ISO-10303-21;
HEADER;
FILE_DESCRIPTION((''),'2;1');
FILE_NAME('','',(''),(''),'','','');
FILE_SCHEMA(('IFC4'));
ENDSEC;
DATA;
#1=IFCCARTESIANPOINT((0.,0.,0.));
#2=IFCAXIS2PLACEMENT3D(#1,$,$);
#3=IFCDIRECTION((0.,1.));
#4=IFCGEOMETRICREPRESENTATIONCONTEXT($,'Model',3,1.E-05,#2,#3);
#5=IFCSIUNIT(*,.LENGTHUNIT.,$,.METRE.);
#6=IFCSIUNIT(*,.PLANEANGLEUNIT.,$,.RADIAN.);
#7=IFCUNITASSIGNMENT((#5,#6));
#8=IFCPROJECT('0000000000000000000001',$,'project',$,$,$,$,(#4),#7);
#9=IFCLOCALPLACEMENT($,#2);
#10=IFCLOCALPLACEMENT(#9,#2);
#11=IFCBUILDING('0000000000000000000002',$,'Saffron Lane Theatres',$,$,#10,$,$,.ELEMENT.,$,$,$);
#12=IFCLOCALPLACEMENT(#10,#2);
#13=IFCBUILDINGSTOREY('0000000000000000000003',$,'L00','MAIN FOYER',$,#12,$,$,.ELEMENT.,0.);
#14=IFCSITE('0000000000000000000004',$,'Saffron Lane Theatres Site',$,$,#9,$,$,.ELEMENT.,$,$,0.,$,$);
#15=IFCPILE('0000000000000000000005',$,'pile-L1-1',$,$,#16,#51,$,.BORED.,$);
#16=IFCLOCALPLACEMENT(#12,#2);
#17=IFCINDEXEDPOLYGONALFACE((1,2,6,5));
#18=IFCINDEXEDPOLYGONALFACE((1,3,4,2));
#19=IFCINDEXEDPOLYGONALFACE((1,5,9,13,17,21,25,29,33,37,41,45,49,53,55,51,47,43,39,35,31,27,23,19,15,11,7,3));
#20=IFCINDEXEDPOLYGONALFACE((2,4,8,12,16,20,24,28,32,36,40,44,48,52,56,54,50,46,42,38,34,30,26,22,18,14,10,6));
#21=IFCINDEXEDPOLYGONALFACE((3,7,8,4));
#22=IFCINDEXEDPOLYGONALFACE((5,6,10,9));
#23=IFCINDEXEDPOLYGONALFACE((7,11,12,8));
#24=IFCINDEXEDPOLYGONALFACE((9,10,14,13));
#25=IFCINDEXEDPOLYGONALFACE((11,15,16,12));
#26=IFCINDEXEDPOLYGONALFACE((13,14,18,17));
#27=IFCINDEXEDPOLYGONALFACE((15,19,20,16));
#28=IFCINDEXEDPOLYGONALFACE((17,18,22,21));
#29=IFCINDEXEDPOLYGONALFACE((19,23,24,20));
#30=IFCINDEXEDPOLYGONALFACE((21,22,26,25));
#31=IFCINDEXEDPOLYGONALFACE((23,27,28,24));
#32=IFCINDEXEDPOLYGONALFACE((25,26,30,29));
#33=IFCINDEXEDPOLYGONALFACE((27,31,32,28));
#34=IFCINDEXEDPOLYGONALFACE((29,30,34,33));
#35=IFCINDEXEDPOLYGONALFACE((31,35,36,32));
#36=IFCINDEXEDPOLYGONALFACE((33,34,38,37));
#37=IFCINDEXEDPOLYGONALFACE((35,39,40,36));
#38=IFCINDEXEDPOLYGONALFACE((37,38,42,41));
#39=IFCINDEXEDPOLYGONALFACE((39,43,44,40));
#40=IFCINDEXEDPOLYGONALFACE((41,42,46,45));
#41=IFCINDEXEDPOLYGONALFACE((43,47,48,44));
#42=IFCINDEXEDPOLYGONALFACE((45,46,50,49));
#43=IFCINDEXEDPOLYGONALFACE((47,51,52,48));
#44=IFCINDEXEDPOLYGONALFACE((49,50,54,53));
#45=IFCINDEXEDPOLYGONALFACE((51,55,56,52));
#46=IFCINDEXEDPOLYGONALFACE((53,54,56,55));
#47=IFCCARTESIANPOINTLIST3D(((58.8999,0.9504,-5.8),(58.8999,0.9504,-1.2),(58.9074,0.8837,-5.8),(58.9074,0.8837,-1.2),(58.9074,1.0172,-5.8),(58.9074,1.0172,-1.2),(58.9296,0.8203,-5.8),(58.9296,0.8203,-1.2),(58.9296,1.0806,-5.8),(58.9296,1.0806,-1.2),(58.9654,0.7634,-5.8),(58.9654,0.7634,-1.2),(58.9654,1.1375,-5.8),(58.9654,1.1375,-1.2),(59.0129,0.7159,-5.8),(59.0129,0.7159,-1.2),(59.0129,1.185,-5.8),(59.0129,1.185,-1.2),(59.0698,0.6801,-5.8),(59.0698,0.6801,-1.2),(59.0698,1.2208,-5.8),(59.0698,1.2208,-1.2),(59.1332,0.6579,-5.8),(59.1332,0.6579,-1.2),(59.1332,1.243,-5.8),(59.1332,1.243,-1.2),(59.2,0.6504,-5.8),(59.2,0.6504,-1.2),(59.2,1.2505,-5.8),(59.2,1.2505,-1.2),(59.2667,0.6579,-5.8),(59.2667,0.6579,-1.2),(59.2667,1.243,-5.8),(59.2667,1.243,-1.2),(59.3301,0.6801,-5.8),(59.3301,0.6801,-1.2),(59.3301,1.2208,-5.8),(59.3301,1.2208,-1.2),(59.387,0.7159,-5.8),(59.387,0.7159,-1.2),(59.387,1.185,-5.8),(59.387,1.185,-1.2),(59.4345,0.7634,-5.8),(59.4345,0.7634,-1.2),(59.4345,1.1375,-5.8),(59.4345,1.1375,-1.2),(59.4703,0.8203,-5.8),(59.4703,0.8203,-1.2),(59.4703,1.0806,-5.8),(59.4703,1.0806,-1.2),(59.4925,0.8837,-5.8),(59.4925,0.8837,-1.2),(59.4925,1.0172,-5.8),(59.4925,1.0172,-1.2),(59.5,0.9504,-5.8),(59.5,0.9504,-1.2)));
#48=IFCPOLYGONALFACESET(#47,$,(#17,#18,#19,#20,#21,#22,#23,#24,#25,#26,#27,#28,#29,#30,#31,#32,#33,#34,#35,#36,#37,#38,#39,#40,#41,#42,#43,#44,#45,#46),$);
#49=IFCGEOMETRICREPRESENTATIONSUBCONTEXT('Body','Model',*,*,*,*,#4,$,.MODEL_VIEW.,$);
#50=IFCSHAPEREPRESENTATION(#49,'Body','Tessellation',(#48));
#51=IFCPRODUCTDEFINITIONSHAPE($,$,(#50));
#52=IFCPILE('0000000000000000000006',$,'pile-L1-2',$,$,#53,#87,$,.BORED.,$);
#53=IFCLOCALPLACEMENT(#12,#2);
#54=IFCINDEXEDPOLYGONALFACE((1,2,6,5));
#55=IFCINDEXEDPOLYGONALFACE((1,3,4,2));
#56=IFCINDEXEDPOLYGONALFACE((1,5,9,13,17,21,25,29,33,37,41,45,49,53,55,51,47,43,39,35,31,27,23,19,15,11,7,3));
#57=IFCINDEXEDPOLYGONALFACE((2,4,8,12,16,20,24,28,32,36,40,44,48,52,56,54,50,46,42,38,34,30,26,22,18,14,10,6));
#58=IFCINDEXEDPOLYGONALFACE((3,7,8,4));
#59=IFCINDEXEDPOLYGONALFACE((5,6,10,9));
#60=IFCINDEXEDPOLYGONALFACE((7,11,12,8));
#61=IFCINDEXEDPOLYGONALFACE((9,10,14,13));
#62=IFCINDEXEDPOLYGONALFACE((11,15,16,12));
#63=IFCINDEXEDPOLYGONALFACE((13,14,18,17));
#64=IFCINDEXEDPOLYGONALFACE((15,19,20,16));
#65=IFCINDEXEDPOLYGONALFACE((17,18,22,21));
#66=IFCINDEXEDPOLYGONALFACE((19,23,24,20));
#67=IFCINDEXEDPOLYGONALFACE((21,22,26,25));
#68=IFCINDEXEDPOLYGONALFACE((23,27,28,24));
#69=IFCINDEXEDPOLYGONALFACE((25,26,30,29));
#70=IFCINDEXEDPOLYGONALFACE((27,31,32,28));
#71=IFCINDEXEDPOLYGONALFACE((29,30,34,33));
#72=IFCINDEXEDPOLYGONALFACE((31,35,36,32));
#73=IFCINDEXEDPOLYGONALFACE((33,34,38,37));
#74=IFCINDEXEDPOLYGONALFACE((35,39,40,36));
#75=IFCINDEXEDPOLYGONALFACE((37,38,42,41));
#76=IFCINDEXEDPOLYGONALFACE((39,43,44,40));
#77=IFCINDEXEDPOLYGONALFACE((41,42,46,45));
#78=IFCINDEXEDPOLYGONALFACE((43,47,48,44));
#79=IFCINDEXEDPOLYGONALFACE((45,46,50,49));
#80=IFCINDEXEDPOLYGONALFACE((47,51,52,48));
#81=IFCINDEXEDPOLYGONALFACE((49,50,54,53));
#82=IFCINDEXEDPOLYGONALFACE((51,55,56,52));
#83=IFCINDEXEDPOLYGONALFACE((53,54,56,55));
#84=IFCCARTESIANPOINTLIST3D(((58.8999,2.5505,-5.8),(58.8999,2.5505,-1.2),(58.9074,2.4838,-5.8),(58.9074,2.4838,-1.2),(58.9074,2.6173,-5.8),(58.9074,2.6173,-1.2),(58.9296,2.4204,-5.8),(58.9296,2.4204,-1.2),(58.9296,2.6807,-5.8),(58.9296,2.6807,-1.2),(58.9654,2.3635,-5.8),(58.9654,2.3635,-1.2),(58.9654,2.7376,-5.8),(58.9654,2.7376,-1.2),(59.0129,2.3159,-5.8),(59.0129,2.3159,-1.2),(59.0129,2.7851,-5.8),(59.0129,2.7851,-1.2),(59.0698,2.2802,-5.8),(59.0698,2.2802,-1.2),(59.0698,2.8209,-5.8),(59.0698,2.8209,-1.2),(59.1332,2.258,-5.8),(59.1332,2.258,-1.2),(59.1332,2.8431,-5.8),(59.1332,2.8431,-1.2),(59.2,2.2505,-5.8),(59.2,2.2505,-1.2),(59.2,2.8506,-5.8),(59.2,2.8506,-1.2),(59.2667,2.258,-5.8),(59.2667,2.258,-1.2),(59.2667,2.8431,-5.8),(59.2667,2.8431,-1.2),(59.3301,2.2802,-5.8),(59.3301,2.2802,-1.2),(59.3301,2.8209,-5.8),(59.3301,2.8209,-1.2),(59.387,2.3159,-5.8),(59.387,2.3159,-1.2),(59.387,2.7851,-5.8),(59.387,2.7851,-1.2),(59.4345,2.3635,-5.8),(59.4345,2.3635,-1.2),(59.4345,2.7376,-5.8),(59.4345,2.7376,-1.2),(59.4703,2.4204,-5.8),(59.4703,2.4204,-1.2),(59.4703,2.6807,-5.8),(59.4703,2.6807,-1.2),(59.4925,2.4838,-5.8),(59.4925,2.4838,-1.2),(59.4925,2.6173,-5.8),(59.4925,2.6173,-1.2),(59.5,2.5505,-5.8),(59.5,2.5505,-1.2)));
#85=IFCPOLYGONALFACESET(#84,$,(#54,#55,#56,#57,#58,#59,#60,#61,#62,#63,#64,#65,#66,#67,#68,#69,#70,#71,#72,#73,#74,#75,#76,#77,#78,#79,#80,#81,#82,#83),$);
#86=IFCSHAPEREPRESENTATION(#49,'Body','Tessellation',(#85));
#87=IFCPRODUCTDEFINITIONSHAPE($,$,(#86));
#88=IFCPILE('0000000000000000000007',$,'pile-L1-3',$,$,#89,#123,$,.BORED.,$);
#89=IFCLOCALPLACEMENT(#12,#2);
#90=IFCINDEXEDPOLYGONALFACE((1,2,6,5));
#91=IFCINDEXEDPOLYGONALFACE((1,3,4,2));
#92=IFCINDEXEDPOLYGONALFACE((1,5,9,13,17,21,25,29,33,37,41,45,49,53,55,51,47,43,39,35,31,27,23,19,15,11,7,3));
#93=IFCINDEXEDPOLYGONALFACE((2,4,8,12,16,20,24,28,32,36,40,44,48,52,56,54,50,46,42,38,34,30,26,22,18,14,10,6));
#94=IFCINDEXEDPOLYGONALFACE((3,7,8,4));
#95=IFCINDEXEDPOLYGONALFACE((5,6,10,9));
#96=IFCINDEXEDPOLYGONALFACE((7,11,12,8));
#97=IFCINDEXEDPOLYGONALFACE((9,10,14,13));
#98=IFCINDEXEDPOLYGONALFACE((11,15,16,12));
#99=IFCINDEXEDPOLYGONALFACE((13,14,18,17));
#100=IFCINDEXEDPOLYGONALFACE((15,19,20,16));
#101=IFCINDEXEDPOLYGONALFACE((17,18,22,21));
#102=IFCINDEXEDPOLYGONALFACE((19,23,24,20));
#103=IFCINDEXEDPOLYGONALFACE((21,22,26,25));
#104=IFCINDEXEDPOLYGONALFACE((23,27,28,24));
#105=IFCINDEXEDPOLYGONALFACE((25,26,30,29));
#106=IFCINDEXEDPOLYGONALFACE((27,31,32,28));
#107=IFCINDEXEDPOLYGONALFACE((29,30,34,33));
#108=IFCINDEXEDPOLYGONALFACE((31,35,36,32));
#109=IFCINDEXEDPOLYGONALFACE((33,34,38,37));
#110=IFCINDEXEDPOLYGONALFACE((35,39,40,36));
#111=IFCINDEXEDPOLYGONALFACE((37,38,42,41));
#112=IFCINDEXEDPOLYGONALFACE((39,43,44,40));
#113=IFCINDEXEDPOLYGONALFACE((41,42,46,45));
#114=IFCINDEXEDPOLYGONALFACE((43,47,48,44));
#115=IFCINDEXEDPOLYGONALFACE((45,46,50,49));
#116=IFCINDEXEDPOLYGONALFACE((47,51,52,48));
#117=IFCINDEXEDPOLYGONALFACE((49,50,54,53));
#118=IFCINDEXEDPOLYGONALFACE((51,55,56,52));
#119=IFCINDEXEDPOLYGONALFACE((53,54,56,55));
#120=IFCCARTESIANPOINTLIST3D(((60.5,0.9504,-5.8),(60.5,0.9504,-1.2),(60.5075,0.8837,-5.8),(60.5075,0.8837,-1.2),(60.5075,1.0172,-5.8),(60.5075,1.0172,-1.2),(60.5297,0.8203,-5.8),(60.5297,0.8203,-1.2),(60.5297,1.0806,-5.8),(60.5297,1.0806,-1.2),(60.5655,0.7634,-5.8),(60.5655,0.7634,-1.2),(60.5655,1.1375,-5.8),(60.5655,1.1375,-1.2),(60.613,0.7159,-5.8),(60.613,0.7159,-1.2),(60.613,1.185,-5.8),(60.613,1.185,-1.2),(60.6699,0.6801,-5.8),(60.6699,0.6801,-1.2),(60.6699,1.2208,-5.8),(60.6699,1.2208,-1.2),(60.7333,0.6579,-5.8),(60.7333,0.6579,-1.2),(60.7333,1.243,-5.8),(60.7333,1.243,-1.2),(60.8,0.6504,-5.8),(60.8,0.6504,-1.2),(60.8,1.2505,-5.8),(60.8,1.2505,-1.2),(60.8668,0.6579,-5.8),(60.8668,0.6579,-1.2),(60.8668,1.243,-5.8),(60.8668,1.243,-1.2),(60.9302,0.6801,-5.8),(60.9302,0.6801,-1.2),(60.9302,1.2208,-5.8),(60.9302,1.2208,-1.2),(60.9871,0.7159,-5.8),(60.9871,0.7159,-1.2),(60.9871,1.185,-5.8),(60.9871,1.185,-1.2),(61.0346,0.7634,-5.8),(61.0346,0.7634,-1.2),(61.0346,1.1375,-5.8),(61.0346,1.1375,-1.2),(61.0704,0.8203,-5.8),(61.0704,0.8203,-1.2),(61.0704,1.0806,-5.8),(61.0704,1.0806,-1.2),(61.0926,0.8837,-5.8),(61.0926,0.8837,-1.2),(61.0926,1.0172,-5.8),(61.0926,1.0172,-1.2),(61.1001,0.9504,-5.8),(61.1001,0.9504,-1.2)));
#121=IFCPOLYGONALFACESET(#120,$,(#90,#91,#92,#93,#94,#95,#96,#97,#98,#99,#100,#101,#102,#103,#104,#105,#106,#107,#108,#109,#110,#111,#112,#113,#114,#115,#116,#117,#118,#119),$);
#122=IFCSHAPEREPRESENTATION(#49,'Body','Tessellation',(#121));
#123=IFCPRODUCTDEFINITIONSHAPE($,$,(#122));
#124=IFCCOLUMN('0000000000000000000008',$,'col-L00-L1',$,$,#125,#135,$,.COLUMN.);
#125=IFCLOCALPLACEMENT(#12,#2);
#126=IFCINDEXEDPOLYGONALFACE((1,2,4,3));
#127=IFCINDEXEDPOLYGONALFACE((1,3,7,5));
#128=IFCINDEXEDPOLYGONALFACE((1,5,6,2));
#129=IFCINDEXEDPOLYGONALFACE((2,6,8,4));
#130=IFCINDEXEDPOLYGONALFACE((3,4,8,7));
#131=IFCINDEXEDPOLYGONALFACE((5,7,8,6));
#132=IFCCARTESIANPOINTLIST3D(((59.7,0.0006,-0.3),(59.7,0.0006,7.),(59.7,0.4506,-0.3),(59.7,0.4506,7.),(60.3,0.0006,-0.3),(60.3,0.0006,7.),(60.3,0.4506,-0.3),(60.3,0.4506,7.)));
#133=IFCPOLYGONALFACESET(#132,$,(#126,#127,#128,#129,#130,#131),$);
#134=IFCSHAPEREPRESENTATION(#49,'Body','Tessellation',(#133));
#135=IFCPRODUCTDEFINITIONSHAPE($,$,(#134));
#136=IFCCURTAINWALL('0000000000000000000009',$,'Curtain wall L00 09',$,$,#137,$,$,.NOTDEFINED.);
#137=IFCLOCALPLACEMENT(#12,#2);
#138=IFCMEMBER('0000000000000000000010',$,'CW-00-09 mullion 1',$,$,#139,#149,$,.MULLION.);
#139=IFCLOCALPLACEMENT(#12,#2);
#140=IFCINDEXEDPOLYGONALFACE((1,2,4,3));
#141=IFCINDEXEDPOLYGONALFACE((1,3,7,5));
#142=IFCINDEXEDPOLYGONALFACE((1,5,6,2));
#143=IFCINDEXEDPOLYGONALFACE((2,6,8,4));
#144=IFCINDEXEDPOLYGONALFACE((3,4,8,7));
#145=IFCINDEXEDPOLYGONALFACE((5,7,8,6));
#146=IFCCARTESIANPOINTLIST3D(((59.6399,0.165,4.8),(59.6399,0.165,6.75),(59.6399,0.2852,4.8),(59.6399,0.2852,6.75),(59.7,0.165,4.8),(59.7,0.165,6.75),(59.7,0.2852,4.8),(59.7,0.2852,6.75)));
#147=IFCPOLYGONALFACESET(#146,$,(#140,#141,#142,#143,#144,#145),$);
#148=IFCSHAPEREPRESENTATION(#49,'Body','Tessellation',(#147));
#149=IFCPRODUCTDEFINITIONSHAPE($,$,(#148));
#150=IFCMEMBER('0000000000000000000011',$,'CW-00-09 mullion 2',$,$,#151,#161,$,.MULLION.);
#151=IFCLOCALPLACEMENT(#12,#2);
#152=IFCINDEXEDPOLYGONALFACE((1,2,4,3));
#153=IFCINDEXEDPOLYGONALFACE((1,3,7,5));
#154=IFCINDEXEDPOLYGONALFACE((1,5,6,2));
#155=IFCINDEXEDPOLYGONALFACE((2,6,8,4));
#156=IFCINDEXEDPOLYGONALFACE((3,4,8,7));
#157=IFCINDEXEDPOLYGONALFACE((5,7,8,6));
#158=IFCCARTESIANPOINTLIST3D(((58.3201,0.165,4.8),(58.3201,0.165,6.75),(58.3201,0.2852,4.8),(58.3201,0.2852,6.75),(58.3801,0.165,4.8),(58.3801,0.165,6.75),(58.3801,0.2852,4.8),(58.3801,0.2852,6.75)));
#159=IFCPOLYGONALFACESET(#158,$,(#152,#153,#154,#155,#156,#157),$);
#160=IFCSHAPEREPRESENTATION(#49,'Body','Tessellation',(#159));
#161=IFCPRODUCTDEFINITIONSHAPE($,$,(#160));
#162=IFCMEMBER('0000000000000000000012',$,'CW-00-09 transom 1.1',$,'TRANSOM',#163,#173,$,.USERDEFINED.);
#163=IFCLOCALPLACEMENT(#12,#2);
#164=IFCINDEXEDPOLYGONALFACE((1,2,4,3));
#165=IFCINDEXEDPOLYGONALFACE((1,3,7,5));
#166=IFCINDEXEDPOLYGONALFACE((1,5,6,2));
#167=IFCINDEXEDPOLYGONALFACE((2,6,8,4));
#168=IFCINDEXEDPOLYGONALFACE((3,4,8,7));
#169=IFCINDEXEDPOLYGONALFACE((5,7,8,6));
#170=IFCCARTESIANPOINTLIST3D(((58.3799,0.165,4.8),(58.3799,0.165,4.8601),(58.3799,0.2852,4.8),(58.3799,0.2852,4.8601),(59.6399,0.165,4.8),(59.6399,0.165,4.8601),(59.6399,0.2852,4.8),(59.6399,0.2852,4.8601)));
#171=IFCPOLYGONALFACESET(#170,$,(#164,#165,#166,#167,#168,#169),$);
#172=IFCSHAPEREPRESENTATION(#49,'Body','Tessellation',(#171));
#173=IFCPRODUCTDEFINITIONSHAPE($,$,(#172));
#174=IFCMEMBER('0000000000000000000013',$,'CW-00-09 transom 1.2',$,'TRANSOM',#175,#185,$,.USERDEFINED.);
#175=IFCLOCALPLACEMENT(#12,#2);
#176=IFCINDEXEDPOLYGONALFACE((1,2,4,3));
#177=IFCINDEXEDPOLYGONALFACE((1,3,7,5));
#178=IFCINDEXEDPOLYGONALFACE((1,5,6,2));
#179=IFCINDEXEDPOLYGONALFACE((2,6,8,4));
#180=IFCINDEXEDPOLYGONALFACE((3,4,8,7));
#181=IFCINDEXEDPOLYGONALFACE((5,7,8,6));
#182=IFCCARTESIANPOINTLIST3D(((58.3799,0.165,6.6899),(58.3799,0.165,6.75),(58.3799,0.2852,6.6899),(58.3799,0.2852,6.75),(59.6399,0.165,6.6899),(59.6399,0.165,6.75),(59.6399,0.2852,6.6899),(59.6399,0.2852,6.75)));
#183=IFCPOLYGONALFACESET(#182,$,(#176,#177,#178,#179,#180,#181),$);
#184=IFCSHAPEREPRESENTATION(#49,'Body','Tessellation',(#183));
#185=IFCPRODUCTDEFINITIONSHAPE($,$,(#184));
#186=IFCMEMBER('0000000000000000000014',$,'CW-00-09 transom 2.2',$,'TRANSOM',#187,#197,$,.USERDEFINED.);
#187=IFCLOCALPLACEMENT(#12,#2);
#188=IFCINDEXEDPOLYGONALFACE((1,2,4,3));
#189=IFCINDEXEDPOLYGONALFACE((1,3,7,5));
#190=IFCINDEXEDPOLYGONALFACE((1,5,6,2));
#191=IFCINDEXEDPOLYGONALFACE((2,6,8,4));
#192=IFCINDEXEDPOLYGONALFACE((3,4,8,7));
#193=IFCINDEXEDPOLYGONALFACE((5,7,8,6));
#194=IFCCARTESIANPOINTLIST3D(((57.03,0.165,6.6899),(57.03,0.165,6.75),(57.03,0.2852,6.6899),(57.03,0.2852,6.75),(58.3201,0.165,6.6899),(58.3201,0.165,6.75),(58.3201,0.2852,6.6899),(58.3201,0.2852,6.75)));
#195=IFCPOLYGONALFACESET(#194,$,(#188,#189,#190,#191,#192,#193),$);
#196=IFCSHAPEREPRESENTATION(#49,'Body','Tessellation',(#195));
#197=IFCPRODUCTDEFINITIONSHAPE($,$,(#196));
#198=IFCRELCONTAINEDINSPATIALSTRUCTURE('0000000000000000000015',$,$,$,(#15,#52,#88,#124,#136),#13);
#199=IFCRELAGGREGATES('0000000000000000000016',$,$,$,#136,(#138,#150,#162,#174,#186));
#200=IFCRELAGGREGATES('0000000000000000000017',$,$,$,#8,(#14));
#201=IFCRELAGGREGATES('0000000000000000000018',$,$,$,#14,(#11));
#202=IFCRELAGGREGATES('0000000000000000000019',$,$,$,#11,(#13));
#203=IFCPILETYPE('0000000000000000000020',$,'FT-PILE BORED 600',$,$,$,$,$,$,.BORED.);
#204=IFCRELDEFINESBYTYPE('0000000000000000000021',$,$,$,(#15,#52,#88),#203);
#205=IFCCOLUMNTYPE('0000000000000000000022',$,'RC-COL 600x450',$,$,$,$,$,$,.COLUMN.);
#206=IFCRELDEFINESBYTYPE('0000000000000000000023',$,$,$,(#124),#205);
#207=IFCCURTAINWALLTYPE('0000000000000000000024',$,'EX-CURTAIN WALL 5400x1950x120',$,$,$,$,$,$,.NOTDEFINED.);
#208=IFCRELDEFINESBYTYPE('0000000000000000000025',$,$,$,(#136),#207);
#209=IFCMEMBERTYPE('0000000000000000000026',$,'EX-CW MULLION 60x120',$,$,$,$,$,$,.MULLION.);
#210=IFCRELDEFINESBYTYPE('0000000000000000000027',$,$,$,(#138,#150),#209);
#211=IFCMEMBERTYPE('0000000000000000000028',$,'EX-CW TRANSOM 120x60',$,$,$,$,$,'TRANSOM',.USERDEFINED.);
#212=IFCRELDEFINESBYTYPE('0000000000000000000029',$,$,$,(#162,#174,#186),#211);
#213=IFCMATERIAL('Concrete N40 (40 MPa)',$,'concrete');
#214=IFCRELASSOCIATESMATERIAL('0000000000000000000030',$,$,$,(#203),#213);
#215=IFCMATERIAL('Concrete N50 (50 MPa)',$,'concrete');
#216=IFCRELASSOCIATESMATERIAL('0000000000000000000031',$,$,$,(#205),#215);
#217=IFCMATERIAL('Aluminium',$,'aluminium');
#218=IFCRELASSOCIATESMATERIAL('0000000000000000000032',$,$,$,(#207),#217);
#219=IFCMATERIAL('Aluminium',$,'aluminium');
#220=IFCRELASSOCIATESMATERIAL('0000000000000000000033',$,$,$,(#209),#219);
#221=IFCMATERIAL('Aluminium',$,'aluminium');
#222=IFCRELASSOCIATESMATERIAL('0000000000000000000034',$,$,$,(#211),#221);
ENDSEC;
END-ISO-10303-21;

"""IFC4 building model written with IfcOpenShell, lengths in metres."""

from ifc_helpers import new_model, si_unit, direction, frame, origin, origin_2d, place, context, subcontext, project, spatial, rectangle, circle, extrude, material, material_profile, profile_set, type_object, element, aggregate, save


model = new_model("IFC4")

# Units and contexts
model_context = context("Model", 3, precision=1e-05, world=origin(), true_north=direction((0.0, 1.0)))
body_context = subcontext(model_context, "Body", "Model", "MODEL_VIEW")
ifc_project = project(units=[si_unit("LENGTHUNIT", "METRE"), si_unit("PLANEANGLEUNIT", "RADIAN")], contexts=[model_context])

# Site, building, storey
site_placement = place(None, origin())
site = spatial("IfcSite", under=ifc_project, at=site_placement, Name="Saffron Lane Theatres Site", CompositionType="ELEMENT", RefElevation=0.0)
building_placement = place(site_placement, origin())
building = spatial("IfcBuilding", under=site, at=building_placement, Name="Saffron Lane Theatres", CompositionType="ELEMENT")
storey_placement = place(building_placement, origin())
storey = spatial("IfcBuildingStorey", under=building, at=storey_placement, Name="L00", Description="MAIN FOYER", CompositionType="ELEMENT", Elevation=0.0)

# Piles
ifc_material_1 = material(Name="Concrete N40 (40 MPa)", Category="concrete")
ifc_material_profile_1 = material_profile(ifc_material_1, circle(Radius=0.3, at=origin_2d()))
ifc_profile_set_1 = profile_set([ifc_material_profile_1], Name="Concrete N40 (40 MPa)")
pile_type = type_object("IfcPileType", Name="FT-PILE BORED 600", PredefinedType="BORED", material=ifc_profile_set_1)
for number, where, z_axis, x_axis, name in (
    (1, (59.2, 0.9504, -1.2), (0.0, 0.0, -1.0), (1.0, 0.0, 0.0), "pile-L1-1"),
    (2, (59.2, 2.5505, -1.2), (0.0, 0.0, -1.0), (1.0, 0.0, 0.0), "pile-L1-2"),
    (3, (60.8, 0.9504, -1.2), (0.0, 0.0, -1.0), (1.0, 0.0, 0.0), "pile-L1-3"),
):
    element("IfcPile", number, at=place(storey_placement, frame(where, z_axis=z_axis, x_axis=x_axis)), inside=storey, type_object=pile_type, Name=name, PredefinedType="BORED", context=body_context, shape_type="SweptSolid", body=[
        extrude(circle(Radius=0.3, at=origin_2d()), origin(), (0.0, 0.0, 1.0), 4.6001),
    ])

# Column
ifc_material_2 = material(Name="Concrete N50 (50 MPa)", Category="concrete")
ifc_material_profile_2 = material_profile(ifc_material_2, rectangle(XDim=0.6001, YDim=0.45, at=origin_2d()))
ifc_profile_set_2 = profile_set([ifc_material_profile_2], Name="Concrete N50 (50 MPa)")
column_type = type_object("IfcColumnType", Name="RC-COL 600x450", PredefinedType="COLUMN", material=ifc_profile_set_2)
column_placement = place(storey_placement, frame((60.0, 0.2256, -0.3), z_axis=(0.0, 0.0, 1.0), x_axis=(1.0, 0.0, 0.0)))
element("IfcColumn", 4, at=column_placement, inside=storey, type_object=column_type, Name="col-L00-L1", PredefinedType="COLUMN", context=body_context, shape_type="SweptSolid", body=[
    extrude(rectangle(XDim=0.6001, YDim=0.45, at=origin_2d()), origin(), (0.0, 0.0, 1.0), 7.3),
])

# Curtain wall, members
ifc_material_3 = material(Name="Aluminium", Category="aluminium")
curtain_wall_type = type_object("IfcCurtainWallType", Name="EX-CURTAIN WALL 5400x1950x120", PredefinedType="NOTDEFINED", material=ifc_material_3)
curtain_wall_placement = place(storey_placement, origin())
curtain_wall = element("IfcCurtainWall", 5, at=curtain_wall_placement, inside=storey, type_object=curtain_wall_type, Name="Curtain wall L00 09", PredefinedType="NOTDEFINED")
ifc_material_4 = material(Name="Aluminium", Category="aluminium")
ifc_material_profile_3 = material_profile(ifc_material_4, rectangle(XDim=0.0601, YDim=0.1201, at=origin_2d()))
ifc_profile_set_3 = profile_set([ifc_material_profile_3], Name="Aluminium")
member_type_1 = type_object("IfcMemberType", Name="EX-CW MULLION 60x120", PredefinedType="MULLION", material=ifc_profile_set_3)
member_1_placement = place(storey_placement, frame((59.6699, 0.2251, 4.8), z_axis=(0.0, 0.0, 1.0), x_axis=(-1.0, 0.0, 0.0)))
member_1 = element("IfcMember", 6, at=member_1_placement, type_object=member_type_1, Name="CW-00-09 mullion 1", PredefinedType="MULLION", context=body_context, shape_type="SweptSolid", body=[
    extrude(rectangle(XDim=0.0601, YDim=0.1201, at=origin_2d()), origin(), (0.0, 0.0, 1.0), 1.95),
])
member_2_placement = place(storey_placement, frame((58.3501, 0.2251, 4.8), z_axis=(0.0, 0.0, 1.0), x_axis=(-1.0, 0.0, 0.0)))
member_2 = element("IfcMember", 7, at=member_2_placement, type_object=member_type_1, Name="CW-00-09 mullion 2", PredefinedType="MULLION", context=body_context, shape_type="SweptSolid", body=[
    extrude(rectangle(XDim=0.0601, YDim=0.1201, at=origin_2d()), origin(), (0.0, 0.0, 1.0), 1.95),
])
ifc_material_5 = material(Name="Aluminium", Category="aluminium")
ifc_material_profile_4 = material_profile(ifc_material_5, rectangle(XDim=0.1201, YDim=0.0601, at=origin_2d()))
ifc_profile_set_4 = profile_set([ifc_material_profile_4], Name="Aluminium")
member_type_2 = type_object("IfcMemberType", Name="EX-CW TRANSOM 120x60", ElementType="TRANSOM", PredefinedType="USERDEFINED", material=ifc_profile_set_4)
member_3_placement = place(storey_placement, frame((59.6399, 0.2251, 4.8301), z_axis=(-1.0, 0.0, 0.0), x_axis=(0.0, -1.0, 0.0)))
member_3 = element("IfcMember", 8, at=member_3_placement, type_object=member_type_2, Name="CW-00-09 transom 1.1", ObjectType="TRANSOM", PredefinedType="USERDEFINED", context=body_context, shape_type="SweptSolid", body=[
    extrude(rectangle(XDim=0.1201, YDim=0.0601, at=origin_2d()), origin(), (0.0, 0.0, 1.0), 1.26),
])
member_4_placement = place(storey_placement, frame((59.6399, 0.2251, 6.72), z_axis=(-1.0, 0.0, 0.0), x_axis=(0.0, -1.0, 0.0)))
member_4 = element("IfcMember", 9, at=member_4_placement, type_object=member_type_2, Name="CW-00-09 transom 1.2", ObjectType="TRANSOM", PredefinedType="USERDEFINED", context=body_context, shape_type="SweptSolid", body=[
    extrude(rectangle(XDim=0.1201, YDim=0.0601, at=origin_2d()), origin(), (0.0, 0.0, 1.0), 1.26),
])
member_5_placement = place(storey_placement, frame((58.3201, 0.2251, 6.72), z_axis=(-1.0, 0.0, 0.0), x_axis=(0.0, -1.0, 0.0)))
member_5 = element("IfcMember", 10, at=member_5_placement, type_object=member_type_2, Name="CW-00-09 transom 2.2", ObjectType="TRANSOM", PredefinedType="USERDEFINED", context=body_context, shape_type="SweptSolid", body=[
    extrude(rectangle(XDim=0.1201, YDim=0.0601, at=origin_2d()), origin(), (0.0, 0.0, 1.0), 1.29),
])
aggregate(curtain_wall, [member_1, member_2, member_3, member_4, member_5])

save(model, "model.ifc")
